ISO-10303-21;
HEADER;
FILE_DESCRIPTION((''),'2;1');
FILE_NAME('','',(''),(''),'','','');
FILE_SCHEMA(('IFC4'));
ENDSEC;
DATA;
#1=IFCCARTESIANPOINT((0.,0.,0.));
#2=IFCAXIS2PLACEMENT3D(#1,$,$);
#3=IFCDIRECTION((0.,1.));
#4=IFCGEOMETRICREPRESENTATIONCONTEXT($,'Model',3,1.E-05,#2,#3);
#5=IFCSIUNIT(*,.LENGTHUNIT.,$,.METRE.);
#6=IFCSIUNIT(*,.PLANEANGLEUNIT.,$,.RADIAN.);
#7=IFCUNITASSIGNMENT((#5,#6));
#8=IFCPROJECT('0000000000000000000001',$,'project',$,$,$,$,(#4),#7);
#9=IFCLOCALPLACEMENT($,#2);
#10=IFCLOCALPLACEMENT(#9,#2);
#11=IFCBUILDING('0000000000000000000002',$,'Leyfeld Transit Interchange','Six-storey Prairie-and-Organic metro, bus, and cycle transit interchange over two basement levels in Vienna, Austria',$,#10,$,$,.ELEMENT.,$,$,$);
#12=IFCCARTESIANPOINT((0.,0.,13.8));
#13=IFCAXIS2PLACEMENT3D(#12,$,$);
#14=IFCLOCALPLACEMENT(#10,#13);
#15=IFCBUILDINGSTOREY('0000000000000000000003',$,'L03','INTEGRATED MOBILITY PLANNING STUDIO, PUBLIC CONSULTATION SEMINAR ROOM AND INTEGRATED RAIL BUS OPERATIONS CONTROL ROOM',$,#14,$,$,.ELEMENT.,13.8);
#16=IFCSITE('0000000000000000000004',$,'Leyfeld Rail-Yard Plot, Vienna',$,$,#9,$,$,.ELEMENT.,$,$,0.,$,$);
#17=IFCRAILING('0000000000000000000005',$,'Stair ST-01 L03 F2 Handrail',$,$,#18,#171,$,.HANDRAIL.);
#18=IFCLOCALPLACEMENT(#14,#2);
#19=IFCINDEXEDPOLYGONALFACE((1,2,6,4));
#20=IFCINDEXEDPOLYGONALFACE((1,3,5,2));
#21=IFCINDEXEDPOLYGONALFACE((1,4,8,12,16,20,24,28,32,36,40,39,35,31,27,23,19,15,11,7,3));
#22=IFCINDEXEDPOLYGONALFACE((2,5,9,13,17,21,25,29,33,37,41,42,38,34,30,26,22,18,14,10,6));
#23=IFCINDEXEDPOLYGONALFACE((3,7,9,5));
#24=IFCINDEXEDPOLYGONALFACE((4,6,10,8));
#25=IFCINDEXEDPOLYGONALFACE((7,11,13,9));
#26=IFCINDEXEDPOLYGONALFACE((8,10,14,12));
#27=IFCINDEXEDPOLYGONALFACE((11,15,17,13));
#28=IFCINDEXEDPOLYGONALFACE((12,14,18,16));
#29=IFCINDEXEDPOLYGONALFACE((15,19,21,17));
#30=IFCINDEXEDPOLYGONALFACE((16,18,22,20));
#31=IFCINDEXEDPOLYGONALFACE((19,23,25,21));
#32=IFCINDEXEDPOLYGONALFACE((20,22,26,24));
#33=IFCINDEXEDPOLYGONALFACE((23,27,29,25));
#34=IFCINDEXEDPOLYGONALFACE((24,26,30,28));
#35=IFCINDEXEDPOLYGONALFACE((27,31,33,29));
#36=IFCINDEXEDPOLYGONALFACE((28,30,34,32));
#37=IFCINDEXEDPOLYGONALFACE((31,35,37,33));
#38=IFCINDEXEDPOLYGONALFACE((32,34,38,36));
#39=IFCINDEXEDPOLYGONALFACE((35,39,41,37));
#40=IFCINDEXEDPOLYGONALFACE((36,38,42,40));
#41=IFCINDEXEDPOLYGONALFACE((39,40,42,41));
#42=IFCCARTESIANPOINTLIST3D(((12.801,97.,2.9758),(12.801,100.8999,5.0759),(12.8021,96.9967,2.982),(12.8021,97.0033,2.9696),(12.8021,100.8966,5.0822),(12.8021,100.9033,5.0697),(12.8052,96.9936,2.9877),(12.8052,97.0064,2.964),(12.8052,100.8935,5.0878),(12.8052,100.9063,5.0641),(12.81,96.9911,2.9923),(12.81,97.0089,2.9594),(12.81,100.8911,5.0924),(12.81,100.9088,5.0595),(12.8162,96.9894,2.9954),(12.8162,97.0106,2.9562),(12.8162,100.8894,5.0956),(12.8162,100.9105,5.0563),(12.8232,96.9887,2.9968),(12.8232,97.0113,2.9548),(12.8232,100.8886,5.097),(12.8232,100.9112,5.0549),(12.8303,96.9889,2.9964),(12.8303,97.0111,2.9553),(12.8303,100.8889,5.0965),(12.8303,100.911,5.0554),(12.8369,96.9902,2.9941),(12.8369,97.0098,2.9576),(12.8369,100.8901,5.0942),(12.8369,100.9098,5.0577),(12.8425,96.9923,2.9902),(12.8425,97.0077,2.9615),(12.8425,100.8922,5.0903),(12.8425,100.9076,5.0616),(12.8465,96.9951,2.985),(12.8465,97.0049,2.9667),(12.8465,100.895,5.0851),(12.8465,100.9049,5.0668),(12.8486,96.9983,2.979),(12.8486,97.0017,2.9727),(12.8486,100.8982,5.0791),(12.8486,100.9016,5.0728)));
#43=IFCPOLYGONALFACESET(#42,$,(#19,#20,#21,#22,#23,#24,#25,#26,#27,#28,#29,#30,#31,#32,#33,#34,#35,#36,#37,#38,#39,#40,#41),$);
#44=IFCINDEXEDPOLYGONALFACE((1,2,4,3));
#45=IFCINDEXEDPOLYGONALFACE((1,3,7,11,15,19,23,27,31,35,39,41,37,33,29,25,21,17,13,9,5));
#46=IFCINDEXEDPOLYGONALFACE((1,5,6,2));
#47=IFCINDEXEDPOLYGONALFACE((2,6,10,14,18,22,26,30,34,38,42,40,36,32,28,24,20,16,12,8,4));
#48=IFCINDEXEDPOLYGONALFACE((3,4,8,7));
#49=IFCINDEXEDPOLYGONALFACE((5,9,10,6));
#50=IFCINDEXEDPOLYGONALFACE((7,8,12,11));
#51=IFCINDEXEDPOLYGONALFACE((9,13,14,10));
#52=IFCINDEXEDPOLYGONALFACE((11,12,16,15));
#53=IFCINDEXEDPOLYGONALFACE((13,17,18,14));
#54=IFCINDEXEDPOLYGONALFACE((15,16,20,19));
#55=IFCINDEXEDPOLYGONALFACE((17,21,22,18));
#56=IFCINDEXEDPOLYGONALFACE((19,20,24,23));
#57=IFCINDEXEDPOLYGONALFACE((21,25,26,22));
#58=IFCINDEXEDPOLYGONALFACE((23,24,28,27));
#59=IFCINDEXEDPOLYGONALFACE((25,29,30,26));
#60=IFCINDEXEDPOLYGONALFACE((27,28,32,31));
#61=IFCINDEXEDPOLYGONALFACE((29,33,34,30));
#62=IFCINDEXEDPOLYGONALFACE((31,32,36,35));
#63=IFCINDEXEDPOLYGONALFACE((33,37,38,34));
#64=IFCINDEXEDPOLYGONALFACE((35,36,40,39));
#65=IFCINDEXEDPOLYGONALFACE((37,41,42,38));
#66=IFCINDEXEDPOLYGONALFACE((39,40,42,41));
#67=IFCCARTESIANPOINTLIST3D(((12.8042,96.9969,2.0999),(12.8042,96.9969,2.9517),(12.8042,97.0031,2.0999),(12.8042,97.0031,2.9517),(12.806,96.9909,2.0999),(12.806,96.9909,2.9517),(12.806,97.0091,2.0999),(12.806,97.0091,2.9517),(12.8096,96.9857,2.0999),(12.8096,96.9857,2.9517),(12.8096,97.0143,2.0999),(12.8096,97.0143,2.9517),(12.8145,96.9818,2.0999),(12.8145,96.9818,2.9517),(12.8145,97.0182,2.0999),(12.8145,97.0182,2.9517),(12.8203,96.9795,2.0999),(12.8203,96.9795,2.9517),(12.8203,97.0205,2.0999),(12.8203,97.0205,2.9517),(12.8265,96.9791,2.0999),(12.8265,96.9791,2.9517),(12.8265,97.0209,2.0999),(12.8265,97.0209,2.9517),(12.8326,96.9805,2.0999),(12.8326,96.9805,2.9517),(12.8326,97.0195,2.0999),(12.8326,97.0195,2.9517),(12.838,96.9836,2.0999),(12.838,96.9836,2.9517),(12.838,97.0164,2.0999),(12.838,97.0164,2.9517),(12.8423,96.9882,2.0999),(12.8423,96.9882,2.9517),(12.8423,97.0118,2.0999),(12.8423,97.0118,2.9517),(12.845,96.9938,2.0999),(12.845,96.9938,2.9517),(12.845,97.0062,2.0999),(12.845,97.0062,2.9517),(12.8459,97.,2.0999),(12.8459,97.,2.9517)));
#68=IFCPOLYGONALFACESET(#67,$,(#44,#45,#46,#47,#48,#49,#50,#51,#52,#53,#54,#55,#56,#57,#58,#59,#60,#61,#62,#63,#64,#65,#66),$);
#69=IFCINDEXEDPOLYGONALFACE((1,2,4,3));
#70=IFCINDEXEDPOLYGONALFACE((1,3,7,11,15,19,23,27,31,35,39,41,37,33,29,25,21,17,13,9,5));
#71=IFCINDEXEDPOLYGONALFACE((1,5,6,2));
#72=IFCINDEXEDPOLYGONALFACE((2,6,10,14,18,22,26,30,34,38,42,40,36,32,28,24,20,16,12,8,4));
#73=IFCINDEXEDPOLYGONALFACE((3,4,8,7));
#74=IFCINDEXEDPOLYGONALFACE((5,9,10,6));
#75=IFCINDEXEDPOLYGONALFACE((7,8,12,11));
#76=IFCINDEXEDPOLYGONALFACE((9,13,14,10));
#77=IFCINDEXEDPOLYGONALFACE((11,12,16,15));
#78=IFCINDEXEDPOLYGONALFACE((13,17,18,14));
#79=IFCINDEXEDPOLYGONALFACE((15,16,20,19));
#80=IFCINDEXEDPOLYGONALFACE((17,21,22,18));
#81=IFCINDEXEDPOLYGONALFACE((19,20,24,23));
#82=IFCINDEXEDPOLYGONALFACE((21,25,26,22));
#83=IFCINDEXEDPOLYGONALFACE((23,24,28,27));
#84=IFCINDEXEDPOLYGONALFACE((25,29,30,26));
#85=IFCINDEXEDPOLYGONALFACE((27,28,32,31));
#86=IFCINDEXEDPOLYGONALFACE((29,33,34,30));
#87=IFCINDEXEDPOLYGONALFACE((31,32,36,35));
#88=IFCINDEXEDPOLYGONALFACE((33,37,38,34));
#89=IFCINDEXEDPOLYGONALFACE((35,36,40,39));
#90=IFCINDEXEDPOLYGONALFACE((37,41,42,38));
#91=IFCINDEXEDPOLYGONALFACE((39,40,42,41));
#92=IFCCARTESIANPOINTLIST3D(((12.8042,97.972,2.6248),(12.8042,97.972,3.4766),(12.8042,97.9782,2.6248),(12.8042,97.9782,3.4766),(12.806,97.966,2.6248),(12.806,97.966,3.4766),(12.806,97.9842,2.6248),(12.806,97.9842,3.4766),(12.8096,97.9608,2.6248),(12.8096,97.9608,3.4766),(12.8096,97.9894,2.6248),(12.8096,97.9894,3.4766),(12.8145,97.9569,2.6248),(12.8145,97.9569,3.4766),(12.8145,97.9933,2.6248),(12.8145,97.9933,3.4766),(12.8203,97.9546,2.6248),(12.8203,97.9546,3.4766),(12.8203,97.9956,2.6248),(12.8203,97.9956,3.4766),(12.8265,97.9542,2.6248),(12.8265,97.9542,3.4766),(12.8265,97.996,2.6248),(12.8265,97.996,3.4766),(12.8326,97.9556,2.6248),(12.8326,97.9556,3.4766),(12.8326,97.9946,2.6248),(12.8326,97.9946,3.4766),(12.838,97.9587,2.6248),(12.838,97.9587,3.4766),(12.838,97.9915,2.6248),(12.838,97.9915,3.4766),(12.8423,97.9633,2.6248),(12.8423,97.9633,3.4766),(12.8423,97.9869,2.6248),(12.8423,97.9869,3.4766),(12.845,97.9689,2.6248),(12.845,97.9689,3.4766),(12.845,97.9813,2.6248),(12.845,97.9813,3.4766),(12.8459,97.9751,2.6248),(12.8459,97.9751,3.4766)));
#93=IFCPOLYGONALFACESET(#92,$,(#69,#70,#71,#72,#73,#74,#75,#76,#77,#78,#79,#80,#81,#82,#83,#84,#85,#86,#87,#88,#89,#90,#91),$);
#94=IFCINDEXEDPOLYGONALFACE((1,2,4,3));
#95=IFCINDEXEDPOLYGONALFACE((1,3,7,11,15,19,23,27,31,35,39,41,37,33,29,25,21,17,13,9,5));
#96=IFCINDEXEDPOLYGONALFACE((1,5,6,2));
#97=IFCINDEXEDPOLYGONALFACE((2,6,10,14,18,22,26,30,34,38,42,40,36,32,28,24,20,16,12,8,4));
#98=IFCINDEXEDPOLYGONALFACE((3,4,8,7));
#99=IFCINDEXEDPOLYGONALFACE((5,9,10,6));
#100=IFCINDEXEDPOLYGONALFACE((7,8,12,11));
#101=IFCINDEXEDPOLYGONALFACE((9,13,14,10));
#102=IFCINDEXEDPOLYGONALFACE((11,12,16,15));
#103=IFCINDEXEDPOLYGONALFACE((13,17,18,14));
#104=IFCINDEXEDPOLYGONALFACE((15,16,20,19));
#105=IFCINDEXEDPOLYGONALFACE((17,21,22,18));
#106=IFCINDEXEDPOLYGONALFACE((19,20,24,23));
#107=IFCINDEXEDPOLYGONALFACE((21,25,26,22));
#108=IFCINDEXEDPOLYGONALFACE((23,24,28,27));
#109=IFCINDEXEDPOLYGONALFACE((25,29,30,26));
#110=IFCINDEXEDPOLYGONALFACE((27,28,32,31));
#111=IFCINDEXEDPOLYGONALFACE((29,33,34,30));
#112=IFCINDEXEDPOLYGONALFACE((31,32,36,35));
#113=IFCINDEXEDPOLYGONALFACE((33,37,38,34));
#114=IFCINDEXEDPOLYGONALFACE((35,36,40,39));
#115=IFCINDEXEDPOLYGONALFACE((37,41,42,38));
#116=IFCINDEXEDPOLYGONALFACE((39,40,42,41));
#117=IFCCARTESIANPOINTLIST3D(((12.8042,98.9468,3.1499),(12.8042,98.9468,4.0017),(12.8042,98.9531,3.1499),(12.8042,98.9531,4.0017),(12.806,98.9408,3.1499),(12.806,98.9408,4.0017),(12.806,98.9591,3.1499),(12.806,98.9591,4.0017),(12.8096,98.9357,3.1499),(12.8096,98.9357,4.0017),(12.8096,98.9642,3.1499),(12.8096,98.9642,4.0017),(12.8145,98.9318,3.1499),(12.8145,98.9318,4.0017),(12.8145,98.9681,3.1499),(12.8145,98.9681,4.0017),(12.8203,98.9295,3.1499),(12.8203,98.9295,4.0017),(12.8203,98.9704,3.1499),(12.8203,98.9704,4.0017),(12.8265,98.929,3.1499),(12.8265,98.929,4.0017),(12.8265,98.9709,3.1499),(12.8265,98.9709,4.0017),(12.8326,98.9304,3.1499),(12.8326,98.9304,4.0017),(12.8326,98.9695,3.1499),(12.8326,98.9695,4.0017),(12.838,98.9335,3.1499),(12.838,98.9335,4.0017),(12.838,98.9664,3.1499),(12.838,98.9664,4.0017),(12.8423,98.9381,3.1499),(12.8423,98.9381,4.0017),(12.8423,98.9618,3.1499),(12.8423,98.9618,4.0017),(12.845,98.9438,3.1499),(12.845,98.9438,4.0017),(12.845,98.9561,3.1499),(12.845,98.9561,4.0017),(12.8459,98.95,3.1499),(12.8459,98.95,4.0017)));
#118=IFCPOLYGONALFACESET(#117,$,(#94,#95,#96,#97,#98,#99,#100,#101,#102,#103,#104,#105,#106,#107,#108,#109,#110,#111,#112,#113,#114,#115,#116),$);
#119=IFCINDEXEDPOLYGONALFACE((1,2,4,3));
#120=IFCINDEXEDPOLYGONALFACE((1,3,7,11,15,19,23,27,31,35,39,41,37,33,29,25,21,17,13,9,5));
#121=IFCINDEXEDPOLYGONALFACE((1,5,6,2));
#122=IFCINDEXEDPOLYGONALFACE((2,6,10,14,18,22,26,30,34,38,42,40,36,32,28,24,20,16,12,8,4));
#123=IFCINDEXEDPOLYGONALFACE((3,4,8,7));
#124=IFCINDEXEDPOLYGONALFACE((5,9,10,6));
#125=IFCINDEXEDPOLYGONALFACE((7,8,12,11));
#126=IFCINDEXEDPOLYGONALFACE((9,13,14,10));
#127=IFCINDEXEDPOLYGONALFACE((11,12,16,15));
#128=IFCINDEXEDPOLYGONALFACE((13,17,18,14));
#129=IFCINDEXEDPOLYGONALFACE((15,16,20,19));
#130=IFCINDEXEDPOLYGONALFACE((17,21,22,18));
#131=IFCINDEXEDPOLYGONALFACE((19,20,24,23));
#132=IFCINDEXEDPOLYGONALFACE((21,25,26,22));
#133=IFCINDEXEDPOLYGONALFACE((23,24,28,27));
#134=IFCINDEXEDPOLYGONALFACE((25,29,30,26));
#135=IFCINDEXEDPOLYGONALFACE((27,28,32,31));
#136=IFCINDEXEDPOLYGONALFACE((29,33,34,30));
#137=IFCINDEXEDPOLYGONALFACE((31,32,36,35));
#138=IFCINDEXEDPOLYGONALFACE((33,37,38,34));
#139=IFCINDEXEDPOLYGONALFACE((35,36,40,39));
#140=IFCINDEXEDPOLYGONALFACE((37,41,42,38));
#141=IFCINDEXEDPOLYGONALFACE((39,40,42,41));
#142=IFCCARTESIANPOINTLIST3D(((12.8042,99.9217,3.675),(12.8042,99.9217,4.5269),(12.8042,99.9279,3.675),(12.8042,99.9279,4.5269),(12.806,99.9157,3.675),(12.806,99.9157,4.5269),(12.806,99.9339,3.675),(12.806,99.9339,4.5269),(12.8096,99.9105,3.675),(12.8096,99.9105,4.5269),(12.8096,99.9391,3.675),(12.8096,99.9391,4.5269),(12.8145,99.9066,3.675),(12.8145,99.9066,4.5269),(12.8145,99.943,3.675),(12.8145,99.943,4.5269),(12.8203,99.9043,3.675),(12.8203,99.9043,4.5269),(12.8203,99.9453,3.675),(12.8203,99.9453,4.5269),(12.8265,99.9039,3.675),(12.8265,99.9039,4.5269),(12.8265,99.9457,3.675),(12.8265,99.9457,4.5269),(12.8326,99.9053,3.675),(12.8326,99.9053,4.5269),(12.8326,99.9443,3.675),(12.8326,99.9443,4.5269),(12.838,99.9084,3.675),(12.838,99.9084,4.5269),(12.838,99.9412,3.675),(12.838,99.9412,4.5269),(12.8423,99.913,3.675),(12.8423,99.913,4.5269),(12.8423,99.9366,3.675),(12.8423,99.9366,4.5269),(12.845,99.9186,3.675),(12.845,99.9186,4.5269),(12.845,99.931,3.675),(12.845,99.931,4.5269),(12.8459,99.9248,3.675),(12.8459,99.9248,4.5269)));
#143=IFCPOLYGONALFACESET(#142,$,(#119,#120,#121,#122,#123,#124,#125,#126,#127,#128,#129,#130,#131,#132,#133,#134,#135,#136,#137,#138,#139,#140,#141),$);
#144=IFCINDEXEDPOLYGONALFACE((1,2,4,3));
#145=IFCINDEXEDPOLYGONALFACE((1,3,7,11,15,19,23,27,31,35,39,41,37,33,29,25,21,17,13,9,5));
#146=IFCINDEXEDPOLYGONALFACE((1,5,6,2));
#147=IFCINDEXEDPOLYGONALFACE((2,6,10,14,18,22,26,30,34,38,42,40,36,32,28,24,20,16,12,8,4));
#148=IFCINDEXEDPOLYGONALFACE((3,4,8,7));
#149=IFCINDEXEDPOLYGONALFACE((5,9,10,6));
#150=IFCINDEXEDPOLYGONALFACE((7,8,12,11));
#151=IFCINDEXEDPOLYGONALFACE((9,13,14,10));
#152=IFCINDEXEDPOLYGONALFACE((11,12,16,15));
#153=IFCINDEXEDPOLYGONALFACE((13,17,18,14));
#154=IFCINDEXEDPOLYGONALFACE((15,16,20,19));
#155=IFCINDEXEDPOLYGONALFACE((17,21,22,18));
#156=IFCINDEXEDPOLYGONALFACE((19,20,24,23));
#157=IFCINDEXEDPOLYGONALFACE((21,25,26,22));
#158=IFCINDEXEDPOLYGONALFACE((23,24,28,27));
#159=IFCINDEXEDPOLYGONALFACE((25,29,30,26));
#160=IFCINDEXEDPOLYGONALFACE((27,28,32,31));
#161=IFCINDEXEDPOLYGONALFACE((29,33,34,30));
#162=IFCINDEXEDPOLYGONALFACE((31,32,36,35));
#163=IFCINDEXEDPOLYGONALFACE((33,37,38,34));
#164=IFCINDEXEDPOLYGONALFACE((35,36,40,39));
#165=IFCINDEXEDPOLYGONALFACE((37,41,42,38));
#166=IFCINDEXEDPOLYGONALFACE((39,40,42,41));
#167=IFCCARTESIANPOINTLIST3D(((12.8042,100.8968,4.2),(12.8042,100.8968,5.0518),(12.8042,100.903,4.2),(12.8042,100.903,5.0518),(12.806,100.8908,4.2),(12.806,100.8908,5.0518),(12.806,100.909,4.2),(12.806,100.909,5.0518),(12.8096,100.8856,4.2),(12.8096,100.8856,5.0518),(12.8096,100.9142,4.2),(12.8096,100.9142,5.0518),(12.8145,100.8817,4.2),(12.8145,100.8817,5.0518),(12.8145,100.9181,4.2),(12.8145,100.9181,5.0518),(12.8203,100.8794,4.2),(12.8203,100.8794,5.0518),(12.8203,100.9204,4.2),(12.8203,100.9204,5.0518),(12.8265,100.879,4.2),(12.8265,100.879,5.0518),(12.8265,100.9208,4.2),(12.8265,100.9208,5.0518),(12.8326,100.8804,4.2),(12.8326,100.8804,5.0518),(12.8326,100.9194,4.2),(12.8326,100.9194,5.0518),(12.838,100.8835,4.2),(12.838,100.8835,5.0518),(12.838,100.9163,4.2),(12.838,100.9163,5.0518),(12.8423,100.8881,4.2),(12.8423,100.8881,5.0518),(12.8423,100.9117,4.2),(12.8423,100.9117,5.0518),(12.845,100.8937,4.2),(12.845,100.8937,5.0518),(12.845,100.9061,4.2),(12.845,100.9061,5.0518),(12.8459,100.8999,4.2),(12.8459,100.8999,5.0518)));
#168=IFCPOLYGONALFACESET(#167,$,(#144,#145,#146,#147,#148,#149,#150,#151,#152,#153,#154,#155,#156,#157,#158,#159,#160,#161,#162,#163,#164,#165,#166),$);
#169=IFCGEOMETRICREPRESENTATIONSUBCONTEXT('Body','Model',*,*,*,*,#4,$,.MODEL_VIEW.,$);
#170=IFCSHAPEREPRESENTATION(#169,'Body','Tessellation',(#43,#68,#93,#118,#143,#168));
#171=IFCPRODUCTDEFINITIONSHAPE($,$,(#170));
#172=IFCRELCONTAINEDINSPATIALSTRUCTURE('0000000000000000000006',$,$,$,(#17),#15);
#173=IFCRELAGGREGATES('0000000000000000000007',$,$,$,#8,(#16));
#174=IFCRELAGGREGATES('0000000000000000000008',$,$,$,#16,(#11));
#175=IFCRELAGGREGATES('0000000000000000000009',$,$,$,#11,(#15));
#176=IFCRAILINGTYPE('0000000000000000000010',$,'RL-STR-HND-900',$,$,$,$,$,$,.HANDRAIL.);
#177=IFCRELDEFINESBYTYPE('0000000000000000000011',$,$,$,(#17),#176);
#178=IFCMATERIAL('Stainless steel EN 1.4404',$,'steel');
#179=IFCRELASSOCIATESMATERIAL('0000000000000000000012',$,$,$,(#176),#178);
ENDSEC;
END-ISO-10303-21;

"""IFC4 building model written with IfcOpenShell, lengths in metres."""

from ifc_helpers import new_model, si_unit, direction, frame, origin, origin_2d, place, context, subcontext, project, spatial, circle, extrude, material, type_object, element, save


model = new_model("IFC4")

# Units and contexts
model_context = context("Model", 3, precision=1e-05, world=origin(), true_north=direction((0.0, 1.0)))
body_context = subcontext(model_context, "Body", "Model", "MODEL_VIEW")
ifc_project = project(units=[si_unit("LENGTHUNIT", "METRE"), si_unit("PLANEANGLEUNIT", "RADIAN")], contexts=[model_context])

# Site, building, storey
site_placement = place(None, origin())
site = spatial("IfcSite", under=ifc_project, at=site_placement, Name="Leyfeld Rail-Yard Plot, Vienna", CompositionType="ELEMENT", RefElevation=0.0)
building_placement = place(site_placement, origin())
building = spatial("IfcBuilding", under=site, at=building_placement, Name="Leyfeld Transit Interchange", Description="Six-storey Prairie-and-Organic metro, bus, and cycle transit interchange over two basement levels in Vienna, Austria", CompositionType="ELEMENT")
storey_placement = place(building_placement, frame((0.0, 0.0, 13.8)))
storey = spatial("IfcBuildingStorey", under=building, at=storey_placement, Name="L03", Description="INTEGRATED MOBILITY PLANNING STUDIO, PUBLIC CONSULTATION SEMINAR ROOM AND INTEGRATED RAIL BUS OPERATIONS CONTROL ROOM", CompositionType="ELEMENT", Elevation=13.8)

# Railing
ifc_material_1 = material(Name="Stainless steel EN 1.4404", Category="steel")
railing_type_1 = type_object("IfcRailingType", Name="RL-STR-HND-900", PredefinedType="HANDRAIL", material=ifc_material_1)
railing_1_placement = place(storey_placement, frame((12.825, 97.0, 2.0999)))
element("IfcRailing", 1, at=railing_1_placement, inside=storey, type_object=railing_type_1, Name="Stair ST-01 L03 F2 Handrail", PredefinedType="HANDRAIL", context=body_context, shape_type="SweptSolid", body=[
    extrude(circle(Radius=0.0239, at=origin_2d()), frame((0.0, 0.0, 0.876), z_axis=(0.0, 0.880457, 0.474126), x_axis=(-1.0, 0.0, 0.0)), (0.0, 0.0, 1.0), 4.4294),
    extrude(circle(Radius=0.021, at=origin_2d()), origin(), (0.0, 0.0, 1.0), 0.8518),
    extrude(circle(Radius=0.021, at=origin_2d()), frame((0.0, 0.9751, 0.5249)), (0.0, 0.0, 1.0), 0.8518),
    extrude(circle(Radius=0.021, at=origin_2d()), frame((0.0, 1.95, 1.05)), (0.0, 0.0, 1.0), 0.8518),
    extrude(circle(Radius=0.021, at=origin_2d()), frame((0.0, 2.9248, 1.5752)), (0.0, 0.0, 1.0), 0.8518),
    extrude(circle(Radius=0.021, at=origin_2d()), frame((0.0, 3.8999, 2.1001)), (0.0, 0.0, 1.0), 0.8518),
])

save(model, "model.ifc")
